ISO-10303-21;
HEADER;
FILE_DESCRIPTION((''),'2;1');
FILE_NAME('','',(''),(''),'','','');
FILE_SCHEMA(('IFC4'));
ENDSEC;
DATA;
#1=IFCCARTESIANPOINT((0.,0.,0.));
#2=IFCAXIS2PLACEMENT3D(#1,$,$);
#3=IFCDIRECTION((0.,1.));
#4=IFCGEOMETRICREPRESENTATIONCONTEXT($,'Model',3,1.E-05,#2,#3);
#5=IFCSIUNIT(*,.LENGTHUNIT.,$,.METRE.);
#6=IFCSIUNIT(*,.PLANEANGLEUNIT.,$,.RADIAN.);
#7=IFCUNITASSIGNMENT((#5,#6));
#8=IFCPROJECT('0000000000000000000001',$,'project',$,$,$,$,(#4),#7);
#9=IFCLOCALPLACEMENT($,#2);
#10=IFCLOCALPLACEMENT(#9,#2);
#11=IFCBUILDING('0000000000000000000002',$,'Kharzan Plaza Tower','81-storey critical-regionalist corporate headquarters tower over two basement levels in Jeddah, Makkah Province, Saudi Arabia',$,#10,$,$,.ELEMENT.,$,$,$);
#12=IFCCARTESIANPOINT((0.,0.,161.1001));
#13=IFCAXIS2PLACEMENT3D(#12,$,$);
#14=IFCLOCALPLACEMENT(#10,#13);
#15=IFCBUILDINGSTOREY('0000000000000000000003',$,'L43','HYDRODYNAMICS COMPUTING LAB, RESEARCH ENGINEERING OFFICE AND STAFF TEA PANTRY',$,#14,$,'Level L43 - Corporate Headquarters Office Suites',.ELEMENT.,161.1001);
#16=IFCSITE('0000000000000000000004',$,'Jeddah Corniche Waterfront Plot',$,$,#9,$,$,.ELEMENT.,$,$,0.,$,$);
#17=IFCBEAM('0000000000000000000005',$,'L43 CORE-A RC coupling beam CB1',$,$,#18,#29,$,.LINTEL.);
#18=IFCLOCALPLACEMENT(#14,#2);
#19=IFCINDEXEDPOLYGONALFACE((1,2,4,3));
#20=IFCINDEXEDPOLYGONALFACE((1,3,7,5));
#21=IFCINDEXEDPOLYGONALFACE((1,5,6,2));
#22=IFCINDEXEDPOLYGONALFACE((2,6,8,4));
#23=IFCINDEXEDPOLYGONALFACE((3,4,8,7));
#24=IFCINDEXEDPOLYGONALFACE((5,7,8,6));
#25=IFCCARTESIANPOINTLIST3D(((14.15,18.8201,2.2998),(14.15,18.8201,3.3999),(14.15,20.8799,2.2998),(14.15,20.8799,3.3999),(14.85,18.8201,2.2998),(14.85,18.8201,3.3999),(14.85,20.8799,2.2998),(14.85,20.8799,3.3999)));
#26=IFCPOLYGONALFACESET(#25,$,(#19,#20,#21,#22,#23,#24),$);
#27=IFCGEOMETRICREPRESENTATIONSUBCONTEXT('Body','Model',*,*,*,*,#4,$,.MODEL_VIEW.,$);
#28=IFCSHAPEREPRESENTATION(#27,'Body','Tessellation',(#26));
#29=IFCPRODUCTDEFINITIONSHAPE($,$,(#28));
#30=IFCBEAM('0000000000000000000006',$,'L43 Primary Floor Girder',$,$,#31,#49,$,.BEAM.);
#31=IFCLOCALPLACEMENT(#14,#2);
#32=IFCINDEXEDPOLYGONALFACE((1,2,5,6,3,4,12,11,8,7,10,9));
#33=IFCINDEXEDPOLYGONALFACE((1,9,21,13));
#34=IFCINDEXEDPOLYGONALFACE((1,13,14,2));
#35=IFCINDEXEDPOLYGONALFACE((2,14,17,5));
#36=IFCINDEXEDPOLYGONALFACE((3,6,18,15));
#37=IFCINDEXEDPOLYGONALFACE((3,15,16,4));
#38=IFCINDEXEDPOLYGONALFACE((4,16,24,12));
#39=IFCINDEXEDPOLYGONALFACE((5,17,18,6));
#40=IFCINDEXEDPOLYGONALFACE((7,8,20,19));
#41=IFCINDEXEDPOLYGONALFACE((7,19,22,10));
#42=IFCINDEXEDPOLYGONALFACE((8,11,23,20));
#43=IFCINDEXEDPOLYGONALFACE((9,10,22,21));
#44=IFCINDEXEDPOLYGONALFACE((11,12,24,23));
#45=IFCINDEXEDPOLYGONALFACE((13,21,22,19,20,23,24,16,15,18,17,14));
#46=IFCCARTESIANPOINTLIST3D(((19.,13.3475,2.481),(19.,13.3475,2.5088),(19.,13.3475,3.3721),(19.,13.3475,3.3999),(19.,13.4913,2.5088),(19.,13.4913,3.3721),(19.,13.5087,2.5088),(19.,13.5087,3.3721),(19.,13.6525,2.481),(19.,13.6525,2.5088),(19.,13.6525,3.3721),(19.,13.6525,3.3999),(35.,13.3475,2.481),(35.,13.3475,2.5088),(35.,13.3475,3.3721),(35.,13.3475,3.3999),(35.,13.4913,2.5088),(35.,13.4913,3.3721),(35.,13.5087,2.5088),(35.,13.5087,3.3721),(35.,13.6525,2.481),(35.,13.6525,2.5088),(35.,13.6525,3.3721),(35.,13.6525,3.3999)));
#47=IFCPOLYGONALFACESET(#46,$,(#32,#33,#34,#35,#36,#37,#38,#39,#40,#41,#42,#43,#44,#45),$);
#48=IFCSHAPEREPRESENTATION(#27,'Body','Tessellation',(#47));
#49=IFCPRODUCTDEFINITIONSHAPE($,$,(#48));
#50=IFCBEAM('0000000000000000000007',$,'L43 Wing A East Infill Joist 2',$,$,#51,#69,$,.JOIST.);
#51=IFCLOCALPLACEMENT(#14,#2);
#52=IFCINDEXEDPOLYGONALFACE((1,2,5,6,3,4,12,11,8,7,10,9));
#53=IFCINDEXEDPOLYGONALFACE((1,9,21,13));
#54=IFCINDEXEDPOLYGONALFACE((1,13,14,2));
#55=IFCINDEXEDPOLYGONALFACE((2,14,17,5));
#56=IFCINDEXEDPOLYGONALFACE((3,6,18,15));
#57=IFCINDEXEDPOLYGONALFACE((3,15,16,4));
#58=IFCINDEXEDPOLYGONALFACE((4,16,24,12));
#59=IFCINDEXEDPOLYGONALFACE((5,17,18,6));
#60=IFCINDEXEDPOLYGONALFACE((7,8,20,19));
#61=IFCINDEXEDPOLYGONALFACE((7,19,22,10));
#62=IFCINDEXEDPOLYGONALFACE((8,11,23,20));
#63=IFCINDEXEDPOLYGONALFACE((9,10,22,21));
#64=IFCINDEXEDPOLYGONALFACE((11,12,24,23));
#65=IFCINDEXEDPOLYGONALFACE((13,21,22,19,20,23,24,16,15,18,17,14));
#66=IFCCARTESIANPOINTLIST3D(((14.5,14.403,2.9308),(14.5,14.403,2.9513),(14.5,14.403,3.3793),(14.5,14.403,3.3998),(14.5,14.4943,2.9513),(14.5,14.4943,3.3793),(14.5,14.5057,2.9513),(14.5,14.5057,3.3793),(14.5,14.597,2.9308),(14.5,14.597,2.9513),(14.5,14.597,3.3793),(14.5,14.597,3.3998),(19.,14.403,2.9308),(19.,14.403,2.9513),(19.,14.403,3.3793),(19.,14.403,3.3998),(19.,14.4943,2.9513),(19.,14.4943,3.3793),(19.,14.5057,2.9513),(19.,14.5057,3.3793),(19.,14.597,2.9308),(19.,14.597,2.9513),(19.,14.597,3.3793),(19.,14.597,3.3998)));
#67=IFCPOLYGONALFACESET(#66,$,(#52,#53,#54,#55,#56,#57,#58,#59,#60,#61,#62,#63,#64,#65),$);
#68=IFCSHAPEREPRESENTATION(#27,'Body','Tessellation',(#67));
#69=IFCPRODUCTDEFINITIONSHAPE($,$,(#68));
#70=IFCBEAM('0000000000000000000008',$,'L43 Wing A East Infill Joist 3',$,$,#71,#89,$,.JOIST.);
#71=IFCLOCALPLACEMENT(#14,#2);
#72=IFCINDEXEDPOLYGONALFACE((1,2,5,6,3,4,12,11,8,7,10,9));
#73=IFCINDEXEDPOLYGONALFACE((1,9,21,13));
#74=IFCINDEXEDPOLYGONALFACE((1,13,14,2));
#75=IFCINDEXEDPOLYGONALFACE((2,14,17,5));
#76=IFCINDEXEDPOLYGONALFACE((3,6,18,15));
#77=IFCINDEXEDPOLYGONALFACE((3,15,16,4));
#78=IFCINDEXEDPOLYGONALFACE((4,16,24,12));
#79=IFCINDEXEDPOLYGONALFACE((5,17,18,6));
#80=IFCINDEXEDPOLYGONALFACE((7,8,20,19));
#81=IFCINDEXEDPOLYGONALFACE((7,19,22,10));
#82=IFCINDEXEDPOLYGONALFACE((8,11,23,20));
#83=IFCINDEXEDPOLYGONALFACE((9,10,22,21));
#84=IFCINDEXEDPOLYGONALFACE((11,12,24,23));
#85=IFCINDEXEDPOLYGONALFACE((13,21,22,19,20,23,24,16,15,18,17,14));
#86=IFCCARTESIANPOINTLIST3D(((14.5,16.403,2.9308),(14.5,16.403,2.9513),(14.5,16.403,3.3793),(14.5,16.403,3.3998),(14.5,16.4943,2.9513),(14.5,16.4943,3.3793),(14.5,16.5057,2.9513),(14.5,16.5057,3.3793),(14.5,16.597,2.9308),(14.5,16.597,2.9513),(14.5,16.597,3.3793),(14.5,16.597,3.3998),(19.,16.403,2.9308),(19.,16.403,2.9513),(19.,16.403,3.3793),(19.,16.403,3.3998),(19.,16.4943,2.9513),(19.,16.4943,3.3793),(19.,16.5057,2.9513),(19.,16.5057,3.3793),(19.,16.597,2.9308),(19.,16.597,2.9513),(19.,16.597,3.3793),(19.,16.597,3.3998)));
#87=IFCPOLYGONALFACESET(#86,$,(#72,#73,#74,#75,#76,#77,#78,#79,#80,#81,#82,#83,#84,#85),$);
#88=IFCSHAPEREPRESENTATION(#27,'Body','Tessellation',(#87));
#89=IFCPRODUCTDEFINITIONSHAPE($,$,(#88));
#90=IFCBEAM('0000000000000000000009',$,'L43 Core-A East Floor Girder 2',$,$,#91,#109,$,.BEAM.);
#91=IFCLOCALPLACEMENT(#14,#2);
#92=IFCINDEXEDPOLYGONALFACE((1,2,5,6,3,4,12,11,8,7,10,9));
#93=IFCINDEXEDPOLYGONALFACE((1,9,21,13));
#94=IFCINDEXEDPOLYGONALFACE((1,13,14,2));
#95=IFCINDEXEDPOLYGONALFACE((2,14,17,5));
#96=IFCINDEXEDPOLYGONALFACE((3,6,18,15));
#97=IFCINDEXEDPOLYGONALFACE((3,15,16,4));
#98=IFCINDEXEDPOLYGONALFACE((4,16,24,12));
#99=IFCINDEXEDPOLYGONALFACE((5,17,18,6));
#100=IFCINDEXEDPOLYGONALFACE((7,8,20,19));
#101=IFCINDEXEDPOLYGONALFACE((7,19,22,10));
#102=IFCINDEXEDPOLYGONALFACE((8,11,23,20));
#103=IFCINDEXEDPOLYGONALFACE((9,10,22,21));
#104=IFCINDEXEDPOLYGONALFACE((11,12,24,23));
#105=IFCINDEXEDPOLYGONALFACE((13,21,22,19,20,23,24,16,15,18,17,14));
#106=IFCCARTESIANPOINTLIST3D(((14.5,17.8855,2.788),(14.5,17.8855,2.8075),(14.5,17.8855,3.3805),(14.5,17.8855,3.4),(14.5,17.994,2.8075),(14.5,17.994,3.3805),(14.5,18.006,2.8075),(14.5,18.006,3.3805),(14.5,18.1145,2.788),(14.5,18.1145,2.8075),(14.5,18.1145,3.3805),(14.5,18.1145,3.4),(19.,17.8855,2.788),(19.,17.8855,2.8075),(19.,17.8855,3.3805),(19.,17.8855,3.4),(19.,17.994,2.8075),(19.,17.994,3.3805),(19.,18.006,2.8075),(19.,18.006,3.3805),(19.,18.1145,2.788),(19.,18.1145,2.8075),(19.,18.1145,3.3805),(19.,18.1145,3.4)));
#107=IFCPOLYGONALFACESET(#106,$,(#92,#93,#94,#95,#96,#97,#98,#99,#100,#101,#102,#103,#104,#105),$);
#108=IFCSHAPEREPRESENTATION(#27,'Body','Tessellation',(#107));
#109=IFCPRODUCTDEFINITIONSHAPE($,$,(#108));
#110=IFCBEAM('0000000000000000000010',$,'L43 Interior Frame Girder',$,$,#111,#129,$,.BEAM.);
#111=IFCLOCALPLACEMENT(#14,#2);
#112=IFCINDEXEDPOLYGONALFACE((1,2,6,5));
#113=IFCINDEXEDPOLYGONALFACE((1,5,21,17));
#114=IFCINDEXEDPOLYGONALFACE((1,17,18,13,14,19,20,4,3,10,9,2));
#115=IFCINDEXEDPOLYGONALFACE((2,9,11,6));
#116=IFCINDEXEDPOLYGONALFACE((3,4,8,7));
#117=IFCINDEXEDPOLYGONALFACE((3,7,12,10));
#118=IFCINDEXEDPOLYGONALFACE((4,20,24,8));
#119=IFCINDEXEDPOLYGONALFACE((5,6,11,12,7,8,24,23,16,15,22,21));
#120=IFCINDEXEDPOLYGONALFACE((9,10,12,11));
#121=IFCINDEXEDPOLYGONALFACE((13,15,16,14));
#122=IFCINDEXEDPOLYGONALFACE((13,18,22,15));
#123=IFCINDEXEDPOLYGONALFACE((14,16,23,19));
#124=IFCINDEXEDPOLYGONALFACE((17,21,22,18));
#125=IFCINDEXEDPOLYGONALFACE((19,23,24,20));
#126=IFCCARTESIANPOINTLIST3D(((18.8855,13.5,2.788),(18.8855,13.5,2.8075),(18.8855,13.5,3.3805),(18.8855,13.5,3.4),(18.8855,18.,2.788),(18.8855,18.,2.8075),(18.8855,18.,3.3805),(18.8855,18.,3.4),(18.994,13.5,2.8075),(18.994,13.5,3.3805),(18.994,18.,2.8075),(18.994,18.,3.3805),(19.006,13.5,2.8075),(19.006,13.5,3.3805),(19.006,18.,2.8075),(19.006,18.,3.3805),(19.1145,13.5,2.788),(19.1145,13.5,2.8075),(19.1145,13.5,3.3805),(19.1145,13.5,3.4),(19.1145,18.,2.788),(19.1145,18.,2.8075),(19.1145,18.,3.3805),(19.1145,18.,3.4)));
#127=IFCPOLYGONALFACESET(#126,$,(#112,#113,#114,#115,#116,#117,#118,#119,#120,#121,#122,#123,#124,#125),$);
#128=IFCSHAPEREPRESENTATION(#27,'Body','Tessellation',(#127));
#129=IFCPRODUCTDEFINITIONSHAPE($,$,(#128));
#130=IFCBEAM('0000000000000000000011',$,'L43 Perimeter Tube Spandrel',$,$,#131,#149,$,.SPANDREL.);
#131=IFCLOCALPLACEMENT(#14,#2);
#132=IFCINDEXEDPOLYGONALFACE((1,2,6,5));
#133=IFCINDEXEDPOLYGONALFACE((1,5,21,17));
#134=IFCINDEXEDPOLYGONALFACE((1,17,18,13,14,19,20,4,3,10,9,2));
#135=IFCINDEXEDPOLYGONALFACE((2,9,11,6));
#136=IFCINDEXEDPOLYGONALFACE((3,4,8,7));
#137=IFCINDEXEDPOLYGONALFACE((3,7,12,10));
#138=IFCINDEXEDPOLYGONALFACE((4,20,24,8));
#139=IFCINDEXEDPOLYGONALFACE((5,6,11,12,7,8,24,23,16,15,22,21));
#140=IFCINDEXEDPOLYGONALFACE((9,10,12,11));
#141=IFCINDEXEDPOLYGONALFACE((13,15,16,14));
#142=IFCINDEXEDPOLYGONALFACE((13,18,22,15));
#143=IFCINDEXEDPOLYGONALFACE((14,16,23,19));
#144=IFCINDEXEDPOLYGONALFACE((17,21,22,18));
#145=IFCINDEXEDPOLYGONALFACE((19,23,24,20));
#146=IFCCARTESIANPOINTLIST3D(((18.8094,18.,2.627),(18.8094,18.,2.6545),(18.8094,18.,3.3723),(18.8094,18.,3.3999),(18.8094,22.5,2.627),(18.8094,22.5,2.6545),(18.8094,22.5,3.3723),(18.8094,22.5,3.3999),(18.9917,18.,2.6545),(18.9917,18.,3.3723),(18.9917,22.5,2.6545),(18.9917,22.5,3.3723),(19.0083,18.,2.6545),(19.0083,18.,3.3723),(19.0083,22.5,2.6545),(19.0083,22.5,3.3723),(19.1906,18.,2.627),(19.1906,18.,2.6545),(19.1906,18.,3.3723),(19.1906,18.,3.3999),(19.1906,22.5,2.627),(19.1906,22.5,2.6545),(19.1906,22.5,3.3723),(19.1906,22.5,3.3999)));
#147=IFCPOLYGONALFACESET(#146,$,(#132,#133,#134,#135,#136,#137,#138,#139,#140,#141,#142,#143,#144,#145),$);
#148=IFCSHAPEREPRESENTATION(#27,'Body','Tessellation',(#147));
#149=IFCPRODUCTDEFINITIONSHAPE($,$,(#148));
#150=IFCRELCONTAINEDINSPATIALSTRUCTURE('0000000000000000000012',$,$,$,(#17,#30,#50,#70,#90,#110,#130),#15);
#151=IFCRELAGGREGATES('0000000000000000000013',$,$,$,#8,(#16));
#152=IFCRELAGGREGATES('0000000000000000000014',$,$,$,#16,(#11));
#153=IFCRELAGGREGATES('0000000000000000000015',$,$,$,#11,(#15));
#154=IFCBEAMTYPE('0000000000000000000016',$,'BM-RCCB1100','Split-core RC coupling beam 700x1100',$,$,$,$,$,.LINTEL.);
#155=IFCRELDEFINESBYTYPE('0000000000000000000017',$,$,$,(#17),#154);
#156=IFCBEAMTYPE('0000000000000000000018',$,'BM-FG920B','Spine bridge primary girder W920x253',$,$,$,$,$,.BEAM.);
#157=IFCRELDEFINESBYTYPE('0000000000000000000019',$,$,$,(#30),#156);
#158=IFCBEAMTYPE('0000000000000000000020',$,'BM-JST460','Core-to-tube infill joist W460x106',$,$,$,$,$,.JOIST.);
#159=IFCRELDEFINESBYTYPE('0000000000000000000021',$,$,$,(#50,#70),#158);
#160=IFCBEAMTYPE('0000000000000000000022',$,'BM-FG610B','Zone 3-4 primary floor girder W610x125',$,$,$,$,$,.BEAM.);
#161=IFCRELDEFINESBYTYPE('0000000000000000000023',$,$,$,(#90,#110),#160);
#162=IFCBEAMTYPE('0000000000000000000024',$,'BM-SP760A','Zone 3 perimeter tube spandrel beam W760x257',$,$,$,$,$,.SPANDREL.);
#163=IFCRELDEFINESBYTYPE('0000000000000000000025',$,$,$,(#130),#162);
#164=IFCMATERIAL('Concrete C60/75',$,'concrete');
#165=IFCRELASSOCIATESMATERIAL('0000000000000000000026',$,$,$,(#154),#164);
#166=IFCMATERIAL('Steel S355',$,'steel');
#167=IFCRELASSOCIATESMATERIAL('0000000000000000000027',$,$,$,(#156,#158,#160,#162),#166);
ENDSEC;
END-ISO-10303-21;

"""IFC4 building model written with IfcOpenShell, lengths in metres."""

from ifc_helpers import new_model, si_unit, direction, frame, origin, origin_2d, place, context, subcontext, project, spatial, rectangle, i_section, extrude, source, transform, mapped, material, material_profile, profile_set, type_object, element, save


model = new_model("IFC4")

# Units and contexts
model_context = context("Model", 3, precision=1e-05, world=origin(), true_north=direction((0.0, 1.0)))
body_context = subcontext(model_context, "Body", "Model", "MODEL_VIEW")
ifc_project = project(units=[si_unit("LENGTHUNIT", "METRE"), si_unit("PLANEANGLEUNIT", "RADIAN")], contexts=[model_context])

# Site, building, storey
site_placement = place(None, origin())
site = spatial("IfcSite", under=ifc_project, at=site_placement, Name="Jeddah Corniche Waterfront Plot", CompositionType="ELEMENT", RefElevation=0.0)
building_placement = place(site_placement, origin())
building = spatial("IfcBuilding", under=site, at=building_placement, Name="Kharzan Plaza Tower", Description="81-storey critical-regionalist corporate headquarters tower over two basement levels in Jeddah, Makkah Province, Saudi Arabia", CompositionType="ELEMENT")
storey_placement = place(building_placement, frame((0.0, 0.0, 161.1001)))
storey = spatial("IfcBuildingStorey", under=building, at=storey_placement, Name="L43", Description="HYDRODYNAMICS COMPUTING LAB, RESEARCH ENGINEERING OFFICE AND STAFF TEA PANTRY", LongName="Level L43 - Corporate Headquarters Office Suites", CompositionType="ELEMENT", Elevation=161.1001)

# Beams
ifc_material_1 = material(Name="Concrete C60/75", Category="concrete")
ifc_material_profile_1 = material_profile(ifc_material_1, rectangle(XDim=0.7, YDim=1.1001, at=origin_2d()), Name="RC-CB1100x700")
ifc_profile_set_1 = profile_set([ifc_material_profile_1], Name="Concrete C60/75")
beam_type_1 = type_object("IfcBeamType", Name="BM-RCCB1100", Description="Split-core RC coupling beam 700x1100", PredefinedType="LINTEL", material=ifc_profile_set_1)
shared_shape_1 = source(origin(), body_context, "Body", "SweptSolid", [
    extrude(rectangle(XDim=0.7, YDim=1.1001, at=origin_2d()), origin(), (0.0, 0.0, 1.0), 2.0598),
])
beam_1_placement = place(storey_placement, frame((14.5, 18.8201, 2.8499), z_axis=(0.0, 1.0, 0.0), x_axis=(-1.0, 0.0, 0.0)))
element("IfcBeam", 1, at=beam_1_placement, inside=storey, type_object=beam_type_1, Name="L43 CORE-A RC coupling beam CB1", PredefinedType="LINTEL", context=body_context, shape_type="MappedRepresentation", body=[
    mapped(shared_shape_1, transform((0.0, 0.0, 0.0), x_axis=(1.0, 0.0, 0.0), y_axis=(0.0, 1.0, 0.0), z_axis=(0.0, 0.0, 1.0))),
])
ifc_material_2 = material(Name="Steel S355", Category="steel")
ifc_material_profile_2 = material_profile(ifc_material_2, i_section(OverallWidth=0.3049, OverallDepth=0.9189, WebThickness=0.0173, FlangeThickness=0.0278, at=origin_2d()), Name="W920x253")
ifc_profile_set_2 = profile_set([ifc_material_profile_2], Name="Steel S355")
beam_type_2 = type_object("IfcBeamType", Name="BM-FG920B", Description="Spine bridge primary girder W920x253", PredefinedType="BEAM", material=ifc_profile_set_2)
shared_shape_2 = source(origin(), body_context, "Body", "SweptSolid", [
    extrude(i_section(OverallWidth=0.3049, OverallDepth=0.9189, WebThickness=0.0173, FlangeThickness=0.0278, at=origin_2d()), origin(), (0.0, 0.0, 1.0), 16.0),
])
beam_2_placement = place(storey_placement, frame((19.0, 13.5, 2.9404), z_axis=(1.0, 0.0, 0.0), x_axis=(0.0, 1.0, 0.0)))
element("IfcBeam", 2, at=beam_2_placement, inside=storey, type_object=beam_type_2, Name="L43 Primary Floor Girder", PredefinedType="BEAM", context=body_context, shape_type="MappedRepresentation", body=[
    mapped(shared_shape_2, transform((0.0, 0.0, 0.0), x_axis=(1.0, 0.0, 0.0), y_axis=(0.0, 1.0, 0.0), z_axis=(0.0, 0.0, 1.0))),
])
ifc_material_profile_3 = material_profile(ifc_material_2, i_section(OverallWidth=0.1941, OverallDepth=0.469, WebThickness=0.0115, FlangeThickness=0.0205, at=origin_2d()), Name="W460x106")
ifc_profile_set_3 = profile_set([ifc_material_profile_3], Name="Steel S355")
beam_type_3 = type_object("IfcBeamType", Name="BM-JST460", Description="Core-to-tube infill joist W460x106", PredefinedType="JOIST", material=ifc_profile_set_3)
shared_shape_3 = source(origin(), body_context, "Body", "SweptSolid", [
    extrude(i_section(OverallWidth=0.1941, OverallDepth=0.469, WebThickness=0.0115, FlangeThickness=0.0205, at=origin_2d()), origin(), (0.0, 0.0, 1.0), 4.5),
])
for number, where, z_axis, x_axis, name in (
    (3, (14.5, 14.5, 3.1653), (1.0, 0.0, 0.0), (0.0, 1.0, 0.0), "L43 Wing A East Infill Joist 2"),
    (4, (14.5, 16.5, 3.1653), (1.0, 0.0, 0.0), (0.0, 1.0, 0.0), "L43 Wing A East Infill Joist 3"),
):
    element("IfcBeam", number, at=place(storey_placement, frame(where, z_axis=z_axis, x_axis=x_axis)), inside=storey, type_object=beam_type_3, Name=name, PredefinedType="JOIST", context=body_context, shape_type="MappedRepresentation", body=[
        mapped(shared_shape_3, transform((0.0, 0.0, 0.0), x_axis=(1.0, 0.0, 0.0), y_axis=(0.0, 1.0, 0.0), z_axis=(0.0, 0.0, 1.0))),
    ])
ifc_material_profile_4 = material_profile(ifc_material_2, i_section(OverallWidth=0.229, OverallDepth=0.6121, WebThickness=0.012, FlangeThickness=0.0195, at=origin_2d()), Name="W610x125")
ifc_profile_set_4 = profile_set([ifc_material_profile_4], Name="Steel S355")
beam_type_4 = type_object("IfcBeamType", Name="BM-FG610B", Description="Zone 3-4 primary floor girder W610x125", PredefinedType="BEAM", material=ifc_profile_set_4)
shared_shape_4 = source(origin(), body_context, "Body", "SweptSolid", [
    extrude(i_section(OverallWidth=0.229, OverallDepth=0.6121, WebThickness=0.012, FlangeThickness=0.0195, at=origin_2d()), origin(), (0.0, 0.0, 1.0), 4.5),
])
for number, where, z_axis, x_axis, name in (
    (5, (14.5, 18.0, 3.094), (1.0, 0.0, 0.0), (0.0, 1.0, 0.0), "L43 Core-A East Floor Girder 2"),
    (6, (19.0, 13.5, 3.094), (0.0, 1.0, 0.0), (-1.0, 0.0, 0.0), "L43 Interior Frame Girder"),
):
    element("IfcBeam", number, at=place(storey_placement, frame(where, z_axis=z_axis, x_axis=x_axis)), inside=storey, type_object=beam_type_4, Name=name, PredefinedType="BEAM", context=body_context, shape_type="MappedRepresentation", body=[
        mapped(shared_shape_4, transform((0.0, 0.0, 0.0), x_axis=(1.0, 0.0, 0.0), y_axis=(0.0, 1.0, 0.0), z_axis=(0.0, 0.0, 1.0))),
    ])
ifc_material_profile_5 = material_profile(ifc_material_2, i_section(OverallWidth=0.3811, OverallDepth=0.7729, WebThickness=0.0166, FlangeThickness=0.0276, at=origin_2d()), Name="W760x257")
ifc_profile_set_5 = profile_set([ifc_material_profile_5], Name="Steel S355")
beam_type_5 = type_object("IfcBeamType", Name="BM-SP760A", Description="Zone 3 perimeter tube spandrel beam W760x257", PredefinedType="SPANDREL", material=ifc_profile_set_5)
shared_shape_5 = source(origin(), body_context, "Body", "SweptSolid", [
    extrude(i_section(OverallWidth=0.3811, OverallDepth=0.7729, WebThickness=0.0166, FlangeThickness=0.0276, at=origin_2d()), origin(), (0.0, 0.0, 1.0), 4.5),
])
beam_3_placement = place(storey_placement, frame((19.0, 18.0, 3.0134), z_axis=(0.0, 1.0, 0.0), x_axis=(-1.0, 0.0, 0.0)))
element("IfcBeam", 7, at=beam_3_placement, inside=storey, type_object=beam_type_5, Name="L43 Perimeter Tube Spandrel", PredefinedType="SPANDREL", context=body_context, shape_type="MappedRepresentation", body=[
    mapped(shared_shape_5, transform((0.0, 0.0, 0.0), x_axis=(1.0, 0.0, 0.0), y_axis=(0.0, 1.0, 0.0), z_axis=(0.0, 0.0, 1.0))),
])

save(model, "model.ifc")
